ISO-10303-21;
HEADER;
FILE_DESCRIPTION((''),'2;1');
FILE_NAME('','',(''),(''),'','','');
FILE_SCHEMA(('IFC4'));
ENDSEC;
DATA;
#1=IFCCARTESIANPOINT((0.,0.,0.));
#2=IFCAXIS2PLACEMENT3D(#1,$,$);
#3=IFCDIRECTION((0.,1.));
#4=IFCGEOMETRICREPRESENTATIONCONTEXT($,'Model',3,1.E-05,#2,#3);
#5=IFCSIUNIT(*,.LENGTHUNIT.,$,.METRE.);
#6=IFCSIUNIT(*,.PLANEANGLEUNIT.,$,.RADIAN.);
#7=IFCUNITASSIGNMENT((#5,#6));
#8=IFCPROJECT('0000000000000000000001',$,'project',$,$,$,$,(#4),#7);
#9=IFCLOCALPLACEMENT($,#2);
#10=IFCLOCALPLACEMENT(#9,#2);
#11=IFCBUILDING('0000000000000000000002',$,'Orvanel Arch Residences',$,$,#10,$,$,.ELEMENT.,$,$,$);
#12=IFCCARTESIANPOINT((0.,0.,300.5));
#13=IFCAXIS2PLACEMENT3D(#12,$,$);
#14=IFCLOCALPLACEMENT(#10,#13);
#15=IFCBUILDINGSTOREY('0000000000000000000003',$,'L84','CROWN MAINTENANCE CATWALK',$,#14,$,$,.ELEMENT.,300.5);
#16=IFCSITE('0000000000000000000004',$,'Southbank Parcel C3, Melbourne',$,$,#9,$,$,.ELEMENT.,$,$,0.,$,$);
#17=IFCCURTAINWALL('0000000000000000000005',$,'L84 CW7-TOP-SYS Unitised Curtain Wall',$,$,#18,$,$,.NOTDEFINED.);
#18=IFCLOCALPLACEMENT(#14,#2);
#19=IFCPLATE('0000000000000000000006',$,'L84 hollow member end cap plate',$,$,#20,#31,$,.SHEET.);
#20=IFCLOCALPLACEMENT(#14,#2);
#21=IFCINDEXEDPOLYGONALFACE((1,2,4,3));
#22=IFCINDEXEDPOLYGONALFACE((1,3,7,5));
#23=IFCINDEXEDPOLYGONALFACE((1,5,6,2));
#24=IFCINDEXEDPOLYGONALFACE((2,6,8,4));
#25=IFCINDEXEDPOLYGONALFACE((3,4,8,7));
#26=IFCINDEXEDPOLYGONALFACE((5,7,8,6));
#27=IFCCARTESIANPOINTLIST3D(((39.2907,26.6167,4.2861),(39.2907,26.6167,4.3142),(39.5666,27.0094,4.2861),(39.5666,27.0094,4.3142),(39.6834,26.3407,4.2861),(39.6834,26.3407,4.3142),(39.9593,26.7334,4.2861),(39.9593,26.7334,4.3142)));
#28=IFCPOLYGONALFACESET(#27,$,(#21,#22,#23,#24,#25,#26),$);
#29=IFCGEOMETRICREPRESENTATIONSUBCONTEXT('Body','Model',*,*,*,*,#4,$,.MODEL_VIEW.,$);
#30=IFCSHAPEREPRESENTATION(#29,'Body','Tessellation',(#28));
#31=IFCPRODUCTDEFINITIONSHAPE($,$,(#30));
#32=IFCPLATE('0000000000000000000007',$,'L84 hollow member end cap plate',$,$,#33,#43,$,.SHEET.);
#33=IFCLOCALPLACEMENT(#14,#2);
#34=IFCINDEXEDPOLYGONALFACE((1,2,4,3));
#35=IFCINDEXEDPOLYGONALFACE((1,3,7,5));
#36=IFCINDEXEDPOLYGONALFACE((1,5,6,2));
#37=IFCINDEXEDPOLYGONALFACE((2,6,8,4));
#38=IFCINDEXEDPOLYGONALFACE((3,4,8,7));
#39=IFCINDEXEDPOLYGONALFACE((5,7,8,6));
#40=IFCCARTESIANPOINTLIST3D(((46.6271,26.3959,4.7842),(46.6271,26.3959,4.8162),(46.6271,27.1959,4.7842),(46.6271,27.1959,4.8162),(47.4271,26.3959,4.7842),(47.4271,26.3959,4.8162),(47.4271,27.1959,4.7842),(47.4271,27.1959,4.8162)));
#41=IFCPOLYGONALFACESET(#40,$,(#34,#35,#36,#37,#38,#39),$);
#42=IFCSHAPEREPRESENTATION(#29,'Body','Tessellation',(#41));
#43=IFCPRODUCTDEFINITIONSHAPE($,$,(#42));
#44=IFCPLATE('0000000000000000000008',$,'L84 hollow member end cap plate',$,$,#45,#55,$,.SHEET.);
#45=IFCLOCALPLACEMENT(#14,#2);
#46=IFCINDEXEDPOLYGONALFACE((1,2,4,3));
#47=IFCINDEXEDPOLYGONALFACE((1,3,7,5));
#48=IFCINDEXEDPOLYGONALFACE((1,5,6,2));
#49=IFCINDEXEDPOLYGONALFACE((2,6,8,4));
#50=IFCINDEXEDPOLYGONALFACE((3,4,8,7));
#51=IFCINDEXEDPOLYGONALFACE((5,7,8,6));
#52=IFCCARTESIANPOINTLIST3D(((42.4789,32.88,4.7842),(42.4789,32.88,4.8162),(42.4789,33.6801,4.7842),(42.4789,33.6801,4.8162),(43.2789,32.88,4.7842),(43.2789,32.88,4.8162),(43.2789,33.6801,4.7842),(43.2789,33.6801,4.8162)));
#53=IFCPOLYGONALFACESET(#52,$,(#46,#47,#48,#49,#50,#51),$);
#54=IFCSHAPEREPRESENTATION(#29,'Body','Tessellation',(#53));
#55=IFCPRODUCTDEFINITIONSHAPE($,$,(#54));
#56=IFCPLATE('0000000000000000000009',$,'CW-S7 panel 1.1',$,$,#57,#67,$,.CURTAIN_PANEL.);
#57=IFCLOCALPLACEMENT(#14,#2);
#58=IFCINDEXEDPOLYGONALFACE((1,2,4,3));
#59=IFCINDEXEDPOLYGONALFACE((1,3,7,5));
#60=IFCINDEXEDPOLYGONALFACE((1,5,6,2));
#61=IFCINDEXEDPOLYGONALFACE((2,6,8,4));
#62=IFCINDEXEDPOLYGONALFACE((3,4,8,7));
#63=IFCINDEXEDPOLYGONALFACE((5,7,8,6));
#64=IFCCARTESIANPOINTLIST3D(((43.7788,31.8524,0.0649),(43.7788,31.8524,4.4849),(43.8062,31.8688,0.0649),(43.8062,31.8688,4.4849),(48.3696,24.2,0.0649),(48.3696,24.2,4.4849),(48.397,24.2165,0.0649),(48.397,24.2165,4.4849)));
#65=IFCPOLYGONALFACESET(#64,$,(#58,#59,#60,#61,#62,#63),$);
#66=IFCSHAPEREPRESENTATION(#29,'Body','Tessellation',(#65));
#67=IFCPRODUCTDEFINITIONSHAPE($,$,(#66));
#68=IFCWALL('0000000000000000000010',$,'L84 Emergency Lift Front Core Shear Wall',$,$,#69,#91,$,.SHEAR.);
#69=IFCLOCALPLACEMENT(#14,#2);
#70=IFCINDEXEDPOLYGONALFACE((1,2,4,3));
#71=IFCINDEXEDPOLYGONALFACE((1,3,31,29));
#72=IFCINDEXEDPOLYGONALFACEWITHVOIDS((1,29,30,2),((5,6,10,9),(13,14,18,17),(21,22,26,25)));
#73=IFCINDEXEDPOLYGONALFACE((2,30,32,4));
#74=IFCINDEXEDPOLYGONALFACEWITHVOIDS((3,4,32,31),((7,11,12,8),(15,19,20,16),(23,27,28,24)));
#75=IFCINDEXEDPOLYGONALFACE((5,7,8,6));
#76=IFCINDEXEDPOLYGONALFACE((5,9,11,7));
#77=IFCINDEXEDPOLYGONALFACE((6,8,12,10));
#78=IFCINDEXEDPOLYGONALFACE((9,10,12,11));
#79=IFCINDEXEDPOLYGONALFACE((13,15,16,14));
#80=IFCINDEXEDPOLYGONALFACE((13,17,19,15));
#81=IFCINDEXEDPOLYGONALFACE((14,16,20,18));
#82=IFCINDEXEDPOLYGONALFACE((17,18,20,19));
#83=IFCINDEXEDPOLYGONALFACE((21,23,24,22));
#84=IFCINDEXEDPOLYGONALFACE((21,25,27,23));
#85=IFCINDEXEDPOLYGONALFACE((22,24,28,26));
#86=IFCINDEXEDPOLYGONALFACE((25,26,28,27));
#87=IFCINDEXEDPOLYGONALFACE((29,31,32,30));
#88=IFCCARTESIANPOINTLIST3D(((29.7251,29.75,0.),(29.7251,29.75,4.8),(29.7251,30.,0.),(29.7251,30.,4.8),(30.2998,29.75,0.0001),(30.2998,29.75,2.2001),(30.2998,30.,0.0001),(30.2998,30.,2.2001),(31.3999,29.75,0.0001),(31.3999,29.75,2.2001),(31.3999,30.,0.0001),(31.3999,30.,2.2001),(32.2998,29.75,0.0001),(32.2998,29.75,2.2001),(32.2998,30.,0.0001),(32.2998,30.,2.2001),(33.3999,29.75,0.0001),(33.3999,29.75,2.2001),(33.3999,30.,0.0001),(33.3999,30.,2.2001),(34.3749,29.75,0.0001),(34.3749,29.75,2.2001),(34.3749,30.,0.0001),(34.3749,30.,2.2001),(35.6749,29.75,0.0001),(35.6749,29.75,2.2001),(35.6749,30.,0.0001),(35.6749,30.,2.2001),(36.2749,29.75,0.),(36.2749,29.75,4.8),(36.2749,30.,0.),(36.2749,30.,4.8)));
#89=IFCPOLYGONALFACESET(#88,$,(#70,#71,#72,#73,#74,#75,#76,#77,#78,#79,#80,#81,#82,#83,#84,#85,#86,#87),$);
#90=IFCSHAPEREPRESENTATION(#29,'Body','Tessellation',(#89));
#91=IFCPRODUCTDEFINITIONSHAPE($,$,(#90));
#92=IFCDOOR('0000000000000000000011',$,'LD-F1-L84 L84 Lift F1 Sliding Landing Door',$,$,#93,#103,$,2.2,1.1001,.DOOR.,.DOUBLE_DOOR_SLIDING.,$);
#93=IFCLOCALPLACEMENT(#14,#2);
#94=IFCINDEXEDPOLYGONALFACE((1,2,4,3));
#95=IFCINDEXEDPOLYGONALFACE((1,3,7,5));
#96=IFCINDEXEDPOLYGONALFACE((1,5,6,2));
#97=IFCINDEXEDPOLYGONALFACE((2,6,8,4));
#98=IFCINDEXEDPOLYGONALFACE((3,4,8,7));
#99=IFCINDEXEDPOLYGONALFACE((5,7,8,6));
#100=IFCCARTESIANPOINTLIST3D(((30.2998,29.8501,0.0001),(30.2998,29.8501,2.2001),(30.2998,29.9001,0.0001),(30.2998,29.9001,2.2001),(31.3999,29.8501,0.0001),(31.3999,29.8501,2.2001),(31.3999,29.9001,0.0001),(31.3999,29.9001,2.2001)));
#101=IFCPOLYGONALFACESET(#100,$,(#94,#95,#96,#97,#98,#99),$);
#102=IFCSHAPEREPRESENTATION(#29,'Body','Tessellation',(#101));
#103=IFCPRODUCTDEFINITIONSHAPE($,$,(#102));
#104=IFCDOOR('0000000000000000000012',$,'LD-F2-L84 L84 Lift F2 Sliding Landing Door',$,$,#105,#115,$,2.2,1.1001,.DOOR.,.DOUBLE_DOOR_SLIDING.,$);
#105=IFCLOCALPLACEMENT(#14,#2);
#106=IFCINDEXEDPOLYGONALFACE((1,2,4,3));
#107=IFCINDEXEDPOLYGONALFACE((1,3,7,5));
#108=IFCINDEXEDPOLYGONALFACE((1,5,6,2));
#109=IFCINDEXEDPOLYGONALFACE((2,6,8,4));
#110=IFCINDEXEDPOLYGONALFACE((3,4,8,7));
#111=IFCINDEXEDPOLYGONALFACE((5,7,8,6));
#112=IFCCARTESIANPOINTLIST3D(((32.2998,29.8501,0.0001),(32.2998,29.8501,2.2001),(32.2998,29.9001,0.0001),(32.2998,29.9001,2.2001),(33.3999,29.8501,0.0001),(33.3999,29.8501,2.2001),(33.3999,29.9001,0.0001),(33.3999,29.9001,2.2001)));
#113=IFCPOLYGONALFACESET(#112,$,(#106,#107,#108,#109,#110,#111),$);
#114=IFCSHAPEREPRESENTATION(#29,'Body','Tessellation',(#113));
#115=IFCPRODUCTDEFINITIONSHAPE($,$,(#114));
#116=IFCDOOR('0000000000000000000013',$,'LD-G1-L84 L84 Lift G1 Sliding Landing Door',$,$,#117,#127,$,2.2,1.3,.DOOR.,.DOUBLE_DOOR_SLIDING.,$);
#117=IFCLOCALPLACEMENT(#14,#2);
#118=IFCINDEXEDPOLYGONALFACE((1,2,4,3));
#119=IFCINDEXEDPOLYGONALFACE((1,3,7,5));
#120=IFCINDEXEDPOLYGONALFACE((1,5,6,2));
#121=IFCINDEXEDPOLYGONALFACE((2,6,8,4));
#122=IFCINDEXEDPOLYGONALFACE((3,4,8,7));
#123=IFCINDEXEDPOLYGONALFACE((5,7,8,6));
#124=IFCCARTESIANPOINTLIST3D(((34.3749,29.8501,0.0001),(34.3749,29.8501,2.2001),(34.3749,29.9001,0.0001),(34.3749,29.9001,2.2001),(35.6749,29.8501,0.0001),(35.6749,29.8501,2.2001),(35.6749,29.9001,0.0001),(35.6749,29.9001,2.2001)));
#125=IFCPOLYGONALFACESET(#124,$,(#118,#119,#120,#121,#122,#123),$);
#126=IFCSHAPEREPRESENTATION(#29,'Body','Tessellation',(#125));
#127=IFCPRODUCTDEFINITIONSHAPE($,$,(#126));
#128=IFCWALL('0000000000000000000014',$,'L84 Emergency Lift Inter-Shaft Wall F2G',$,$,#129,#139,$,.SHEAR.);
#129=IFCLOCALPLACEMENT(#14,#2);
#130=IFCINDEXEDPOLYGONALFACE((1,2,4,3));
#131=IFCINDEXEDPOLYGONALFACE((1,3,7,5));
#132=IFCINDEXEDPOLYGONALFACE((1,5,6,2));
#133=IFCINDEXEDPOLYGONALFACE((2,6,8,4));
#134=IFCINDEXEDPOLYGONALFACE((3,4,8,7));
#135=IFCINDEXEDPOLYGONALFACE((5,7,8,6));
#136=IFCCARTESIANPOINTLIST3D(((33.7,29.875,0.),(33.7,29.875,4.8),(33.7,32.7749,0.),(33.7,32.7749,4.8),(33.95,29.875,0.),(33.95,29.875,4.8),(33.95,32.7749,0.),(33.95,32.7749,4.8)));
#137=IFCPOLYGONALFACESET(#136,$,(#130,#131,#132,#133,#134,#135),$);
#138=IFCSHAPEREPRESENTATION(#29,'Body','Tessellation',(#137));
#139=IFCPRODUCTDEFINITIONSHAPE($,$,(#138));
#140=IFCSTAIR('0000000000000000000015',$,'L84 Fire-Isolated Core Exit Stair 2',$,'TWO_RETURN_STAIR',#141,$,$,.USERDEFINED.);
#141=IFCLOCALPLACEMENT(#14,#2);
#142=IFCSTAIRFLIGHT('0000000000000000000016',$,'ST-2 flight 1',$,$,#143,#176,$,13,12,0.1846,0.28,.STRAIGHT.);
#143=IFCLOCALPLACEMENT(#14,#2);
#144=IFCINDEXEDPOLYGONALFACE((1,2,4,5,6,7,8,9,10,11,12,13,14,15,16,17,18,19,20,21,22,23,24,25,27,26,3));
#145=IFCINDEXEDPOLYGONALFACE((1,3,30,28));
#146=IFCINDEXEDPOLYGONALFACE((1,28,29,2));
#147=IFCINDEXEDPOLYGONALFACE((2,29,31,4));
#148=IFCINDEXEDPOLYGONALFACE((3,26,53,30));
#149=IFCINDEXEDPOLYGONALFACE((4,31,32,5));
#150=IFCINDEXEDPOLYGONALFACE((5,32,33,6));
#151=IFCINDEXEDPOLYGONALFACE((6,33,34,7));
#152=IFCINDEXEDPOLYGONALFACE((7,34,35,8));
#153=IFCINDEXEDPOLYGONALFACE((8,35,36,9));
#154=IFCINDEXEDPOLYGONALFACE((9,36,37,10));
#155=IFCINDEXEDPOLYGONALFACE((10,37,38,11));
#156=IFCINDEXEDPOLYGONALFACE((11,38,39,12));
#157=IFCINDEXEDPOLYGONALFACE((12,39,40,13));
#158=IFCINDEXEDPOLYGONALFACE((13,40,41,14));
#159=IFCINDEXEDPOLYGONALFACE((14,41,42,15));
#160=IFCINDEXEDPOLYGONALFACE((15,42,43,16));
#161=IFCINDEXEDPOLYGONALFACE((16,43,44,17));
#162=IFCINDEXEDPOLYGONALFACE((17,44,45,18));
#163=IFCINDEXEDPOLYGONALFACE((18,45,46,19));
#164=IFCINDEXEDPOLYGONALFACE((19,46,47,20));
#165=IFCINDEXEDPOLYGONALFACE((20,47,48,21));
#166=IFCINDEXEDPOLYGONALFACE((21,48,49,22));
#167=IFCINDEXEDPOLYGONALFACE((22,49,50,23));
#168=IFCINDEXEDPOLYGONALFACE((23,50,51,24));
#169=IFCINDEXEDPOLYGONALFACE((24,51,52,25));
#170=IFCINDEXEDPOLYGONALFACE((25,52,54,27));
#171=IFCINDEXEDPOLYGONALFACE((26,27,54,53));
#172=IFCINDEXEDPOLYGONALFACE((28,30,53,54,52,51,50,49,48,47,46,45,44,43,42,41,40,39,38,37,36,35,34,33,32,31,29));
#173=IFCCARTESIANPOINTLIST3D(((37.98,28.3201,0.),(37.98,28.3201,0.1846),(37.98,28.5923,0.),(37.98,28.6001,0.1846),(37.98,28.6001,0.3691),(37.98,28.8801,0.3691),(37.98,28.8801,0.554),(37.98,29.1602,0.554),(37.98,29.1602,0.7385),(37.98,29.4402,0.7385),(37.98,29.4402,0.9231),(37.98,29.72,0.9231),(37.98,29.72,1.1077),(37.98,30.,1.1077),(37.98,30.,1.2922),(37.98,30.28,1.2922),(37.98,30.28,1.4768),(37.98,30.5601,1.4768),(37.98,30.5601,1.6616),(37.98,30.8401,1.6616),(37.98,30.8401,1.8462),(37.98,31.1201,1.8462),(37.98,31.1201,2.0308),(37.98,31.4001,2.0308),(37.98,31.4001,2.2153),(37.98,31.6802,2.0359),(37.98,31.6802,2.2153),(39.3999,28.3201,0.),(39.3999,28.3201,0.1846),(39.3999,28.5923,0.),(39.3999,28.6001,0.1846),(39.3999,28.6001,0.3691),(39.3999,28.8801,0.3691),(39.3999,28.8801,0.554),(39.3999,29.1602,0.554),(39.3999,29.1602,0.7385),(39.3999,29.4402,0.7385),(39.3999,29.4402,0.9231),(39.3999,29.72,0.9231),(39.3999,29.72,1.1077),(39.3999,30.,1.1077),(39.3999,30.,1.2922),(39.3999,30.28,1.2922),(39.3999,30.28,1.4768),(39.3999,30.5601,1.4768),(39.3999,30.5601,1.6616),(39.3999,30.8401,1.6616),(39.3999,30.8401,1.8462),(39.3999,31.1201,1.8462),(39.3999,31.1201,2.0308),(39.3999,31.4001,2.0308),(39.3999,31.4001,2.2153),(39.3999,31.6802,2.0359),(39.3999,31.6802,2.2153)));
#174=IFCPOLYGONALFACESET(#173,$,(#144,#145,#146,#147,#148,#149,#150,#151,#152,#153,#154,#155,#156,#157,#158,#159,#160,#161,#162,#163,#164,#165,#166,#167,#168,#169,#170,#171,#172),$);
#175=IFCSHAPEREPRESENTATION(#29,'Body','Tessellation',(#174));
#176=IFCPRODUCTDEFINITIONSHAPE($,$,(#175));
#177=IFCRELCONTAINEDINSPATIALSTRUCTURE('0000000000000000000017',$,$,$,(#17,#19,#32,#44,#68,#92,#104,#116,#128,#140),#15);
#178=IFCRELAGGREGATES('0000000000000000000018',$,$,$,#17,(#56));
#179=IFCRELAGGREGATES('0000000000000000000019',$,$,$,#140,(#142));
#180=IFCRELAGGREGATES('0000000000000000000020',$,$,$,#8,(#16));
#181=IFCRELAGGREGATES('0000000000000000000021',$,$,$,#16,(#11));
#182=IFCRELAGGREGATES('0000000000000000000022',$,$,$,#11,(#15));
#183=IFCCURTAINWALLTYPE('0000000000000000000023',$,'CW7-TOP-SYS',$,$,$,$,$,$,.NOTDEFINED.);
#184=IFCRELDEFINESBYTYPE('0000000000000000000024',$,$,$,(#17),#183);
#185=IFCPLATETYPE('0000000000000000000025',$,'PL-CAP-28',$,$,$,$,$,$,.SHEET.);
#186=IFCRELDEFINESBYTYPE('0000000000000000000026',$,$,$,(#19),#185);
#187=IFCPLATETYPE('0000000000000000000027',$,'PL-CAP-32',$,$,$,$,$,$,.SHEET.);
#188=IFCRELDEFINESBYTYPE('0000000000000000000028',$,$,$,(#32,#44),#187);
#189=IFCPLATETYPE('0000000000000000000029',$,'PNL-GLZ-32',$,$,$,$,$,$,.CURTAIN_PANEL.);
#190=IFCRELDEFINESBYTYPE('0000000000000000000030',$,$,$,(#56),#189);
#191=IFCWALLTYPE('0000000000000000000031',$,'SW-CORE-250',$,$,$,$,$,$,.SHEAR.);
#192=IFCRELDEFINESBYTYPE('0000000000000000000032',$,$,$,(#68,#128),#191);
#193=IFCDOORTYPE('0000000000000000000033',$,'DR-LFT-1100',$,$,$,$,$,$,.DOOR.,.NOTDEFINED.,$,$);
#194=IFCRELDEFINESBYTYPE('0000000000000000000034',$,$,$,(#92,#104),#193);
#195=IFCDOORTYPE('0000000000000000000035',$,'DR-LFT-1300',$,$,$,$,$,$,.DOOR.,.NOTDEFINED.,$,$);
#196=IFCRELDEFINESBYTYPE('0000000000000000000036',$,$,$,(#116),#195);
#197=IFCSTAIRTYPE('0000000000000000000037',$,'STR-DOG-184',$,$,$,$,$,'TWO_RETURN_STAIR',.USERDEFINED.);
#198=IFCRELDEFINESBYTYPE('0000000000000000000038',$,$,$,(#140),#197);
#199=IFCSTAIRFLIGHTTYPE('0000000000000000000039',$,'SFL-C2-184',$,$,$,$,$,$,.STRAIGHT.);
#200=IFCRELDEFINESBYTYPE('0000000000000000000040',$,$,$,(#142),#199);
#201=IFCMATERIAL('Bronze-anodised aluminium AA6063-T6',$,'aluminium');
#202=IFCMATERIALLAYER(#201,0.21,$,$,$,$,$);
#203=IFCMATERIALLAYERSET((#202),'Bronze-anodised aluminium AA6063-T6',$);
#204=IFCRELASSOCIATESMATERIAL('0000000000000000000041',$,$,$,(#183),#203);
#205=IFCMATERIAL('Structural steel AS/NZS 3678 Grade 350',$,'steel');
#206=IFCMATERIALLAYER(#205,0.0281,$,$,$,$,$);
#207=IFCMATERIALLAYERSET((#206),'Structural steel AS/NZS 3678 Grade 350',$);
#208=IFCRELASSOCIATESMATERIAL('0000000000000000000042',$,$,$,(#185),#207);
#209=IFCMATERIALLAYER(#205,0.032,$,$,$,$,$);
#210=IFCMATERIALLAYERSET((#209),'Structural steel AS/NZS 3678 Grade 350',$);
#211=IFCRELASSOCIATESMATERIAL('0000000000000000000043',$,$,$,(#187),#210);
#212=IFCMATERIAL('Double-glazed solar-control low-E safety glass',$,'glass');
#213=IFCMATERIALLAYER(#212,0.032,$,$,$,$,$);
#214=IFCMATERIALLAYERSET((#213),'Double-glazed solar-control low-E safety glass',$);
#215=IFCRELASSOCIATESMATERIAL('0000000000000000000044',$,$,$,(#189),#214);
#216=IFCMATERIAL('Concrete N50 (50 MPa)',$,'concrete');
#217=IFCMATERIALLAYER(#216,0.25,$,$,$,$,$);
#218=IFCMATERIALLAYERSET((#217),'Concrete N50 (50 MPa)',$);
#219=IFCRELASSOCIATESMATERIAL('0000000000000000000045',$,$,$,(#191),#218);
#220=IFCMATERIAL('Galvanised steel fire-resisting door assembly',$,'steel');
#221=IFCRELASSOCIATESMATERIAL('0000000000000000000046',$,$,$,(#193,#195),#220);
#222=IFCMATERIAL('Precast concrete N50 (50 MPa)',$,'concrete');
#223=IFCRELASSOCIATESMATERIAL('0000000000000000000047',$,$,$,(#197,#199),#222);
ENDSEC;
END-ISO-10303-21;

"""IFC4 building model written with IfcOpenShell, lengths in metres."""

from ifc_helpers import new_model, si_unit, direction, frame, frame_2d, origin, origin_2d, place, context, subcontext, project, spatial, polyline, rectangle, outline, extrude, material, layer, layer_set, type_object, element, fill, aggregate, save


model = new_model("IFC4")

# Units and contexts
model_context = context("Model", 3, precision=1e-05, world=origin(), true_north=direction((0.0, 1.0)))
body_context = subcontext(model_context, "Body", "Model", "MODEL_VIEW")
ifc_project = project(units=[si_unit("LENGTHUNIT", "METRE"), si_unit("PLANEANGLEUNIT", "RADIAN")], contexts=[model_context])

# Site, building, storey
site_placement = place(None, origin())
site = spatial("IfcSite", under=ifc_project, at=site_placement, Name="Southbank Parcel C3, Melbourne", CompositionType="ELEMENT", RefElevation=0.0)
building_placement = place(site_placement, origin())
building = spatial("IfcBuilding", under=site, at=building_placement, Name="Orvanel Arch Residences", CompositionType="ELEMENT")
storey_placement = place(building_placement, frame((0.0, 0.0, 300.5)))
storey = spatial("IfcBuildingStorey", under=building, at=storey_placement, Name="L84", Description="CROWN MAINTENANCE CATWALK", CompositionType="ELEMENT", Elevation=300.5)

# Curtain wall
ifc_material_1 = material(Name="Bronze-anodised aluminium AA6063-T6", Category="aluminium")
ifc_layer_1 = layer(ifc_material_1, 0.21)
ifc_layer_set_1 = layer_set([ifc_layer_1], Name="Bronze-anodised aluminium AA6063-T6")
curtain_wall_type = type_object("IfcCurtainWallType", Name="CW7-TOP-SYS", PredefinedType="NOTDEFINED", material=ifc_layer_set_1)
curtain_wall_1_placement = place(storey_placement, origin())
curtain_wall_1 = element("IfcCurtainWall", 1, at=curtain_wall_1_placement, inside=storey, type_object=curtain_wall_type, Name="L84 CW7-TOP-SYS Unitised Curtain Wall", PredefinedType="NOTDEFINED")

# Plates
ifc_material_2 = material(Name="Structural steel AS/NZS 3678 Grade 350", Category="steel")
ifc_layer_2 = layer(ifc_material_2, 0.0281)
ifc_layer_set_2 = layer_set([ifc_layer_2], Name="Structural steel AS/NZS 3678 Grade 350")
plate_type_1 = type_object("IfcPlateType", Name="PL-CAP-28", PredefinedType="SHEET", material=ifc_layer_set_2)
plate_1_placement = place(storey_placement, frame((39.625, 26.675, 4.2861), z_axis=(0.0, 0.0, 1.0), x_axis=(-0.81815, 0.575005, 0.0)))
element("IfcPlate", 2, at=plate_1_placement, inside=storey, type_object=plate_type_1, Name="L84 hollow member end cap plate", PredefinedType="SHEET", context=body_context, shape_type="SweptSolid", body=[
    extrude(rectangle(XDim=0.48, YDim=0.48, at=origin_2d()), origin(), (0.0, 0.0, 1.0), 0.0281),
])
ifc_layer_3 = layer(ifc_material_2, 0.032)
ifc_layer_set_3 = layer_set([ifc_layer_3], Name="Structural steel AS/NZS 3678 Grade 350")
plate_type_2 = type_object("IfcPlateType", Name="PL-CAP-32", PredefinedType="SHEET", material=ifc_layer_set_3)
for number, where, z_axis, x_axis, name in (
    (3, (47.0271, 26.7959, 4.7842), (0.0, 0.0, 1.0), (1.0, 0.0, 0.0), "L84 hollow member end cap plate"),
    (4, (42.8789, 33.28, 4.7842), (0.0, 0.0, 1.0), (1.0, 0.0, 0.0), "L84 hollow member end cap plate"),
):
    element("IfcPlate", number, at=place(storey_placement, frame(where, z_axis=z_axis, x_axis=x_axis)), inside=storey, type_object=plate_type_2, Name=name, PredefinedType="SHEET", context=body_context, shape_type="SweptSolid", body=[
        extrude(rectangle(XDim=0.8, YDim=0.8, at=origin_2d()), origin(), (0.0, 0.0, 1.0), 0.032),
    ])

# Plate
ifc_material_3 = material(Name="Double-glazed solar-control low-E safety glass", Category="glass")
ifc_layer_4 = layer(ifc_material_3, 0.032)
ifc_layer_set_4 = layer_set([ifc_layer_4], Name="Double-glazed solar-control low-E safety glass")
plate_type_3 = type_object("IfcPlateType", Name="PNL-GLZ-32", PredefinedType="CURTAIN_PANEL", material=ifc_layer_set_4)
plate_2_placement = place(storey_placement, frame((46.0879, 28.0344, 0.0649), z_axis=(0.0, 0.0, 1.0), x_axis=(-0.514447, 0.857522, 0.0)))
plate_2 = element("IfcPlate", 5, at=plate_2_placement, type_object=plate_type_3, Name="CW-S7 panel 1.1", PredefinedType="CURTAIN_PANEL", context=body_context, shape_type="SweptSolid", body=[
    extrude(rectangle(XDim=8.9238, YDim=0.032, at=origin_2d()), origin(), (0.0, 0.0, 1.0), 4.4199),
])
aggregate(curtain_wall_1, [plate_2])

# Wall, openings, doors
ifc_material_4 = material(Name="Concrete N50 (50 MPa)", Category="concrete")
ifc_layer_5 = layer(ifc_material_4, 0.25)
ifc_layer_set_5 = layer_set([ifc_layer_5], Name="Concrete N50 (50 MPa)")
wall_type = type_object("IfcWallType", Name="SW-CORE-250", PredefinedType="SHEAR", material=ifc_layer_set_5)
wall_1_placement = place(storey_placement, frame((36.2749, 29.875, 0.0), z_axis=(0.0, 0.0, 1.0), x_axis=(-1.0, 0.0, 0.0)))
wall_1 = element("IfcWall", 6, at=wall_1_placement, inside=storey, type_object=wall_type, Name="L84 Emergency Lift Front Core Shear Wall", PredefinedType="SHEAR", context=body_context, shape_type="SweptSolid", body=[
    extrude(rectangle(XDim=6.5498, YDim=0.25, at=frame_2d((3.2749, 0.0))), origin(), (0.0, 0.0, 1.0), 4.8),
])
opening_1_placement = place(wall_1_placement, frame((4.875, 0.0, 0.0)))
opening_1 = element("IfcOpeningElement", 7, at=opening_1_placement, cuts=wall_1, PredefinedType="OPENING", context=body_context, shape_type="SweptSolid", body=[
    extrude(rectangle(XDim=1.1001, YDim=2.2, at=frame_2d((0.55, 1.1001))), frame((0.0, 0.135, 0.0), z_axis=(0.0, -1.0, 0.0), x_axis=(1.0, 0.0, 0.0)), (0.0, 0.0, 1.0), 0.27),
])
opening_2_placement = place(wall_1_placement, frame((2.875, 0.0, 0.0)))
opening_2 = element("IfcOpeningElement", 8, at=opening_2_placement, cuts=wall_1, PredefinedType="OPENING", context=body_context, shape_type="SweptSolid", body=[
    extrude(rectangle(XDim=1.1001, YDim=2.2, at=frame_2d((0.55, 1.1001))), frame((0.0, 0.135, 0.0), z_axis=(0.0, -1.0, 0.0), x_axis=(1.0, 0.0, 0.0)), (0.0, 0.0, 1.0), 0.27),
])
opening_3_placement = place(wall_1_placement, frame((0.6001, 0.0, 0.0)))
opening_3 = element("IfcOpeningElement", 9, at=opening_3_placement, cuts=wall_1, PredefinedType="OPENING", context=body_context, shape_type="SweptSolid", body=[
    extrude(rectangle(XDim=1.3, YDim=2.2, at=frame_2d((0.6499, 1.1001))), frame((0.0, 0.135, 0.0), z_axis=(0.0, -1.0, 0.0), x_axis=(1.0, 0.0, 0.0)), (0.0, 0.0, 1.0), 0.27),
])
ifc_material_5 = material(Name="Galvanised steel fire-resisting door assembly", Category="steel")
door_type_1 = type_object("IfcDoorType", Name="DR-LFT-1100", OperationType="NOTDEFINED", PredefinedType="DOOR", material=ifc_material_5)
door_1_placement = place(opening_1_placement, origin())
door_1 = element("IfcDoor", 10, at=door_1_placement, inside=storey, type_object=door_type_1, Name="LD-F1-L84 L84 Lift F1 Sliding Landing Door", OperationType="DOUBLE_DOOR_SLIDING", OverallHeight=2.2, OverallWidth=1.1001, PredefinedType="DOOR", context=body_context, shape_type="SweptSolid", body=[
    extrude(rectangle(XDim=1.1001, YDim=2.2, at=frame_2d((0.55, 1.1001))), frame((0.0, 0.0249, 0.0), z_axis=(0.0, -1.0, 0.0), x_axis=(1.0, 0.0, 0.0)), (0.0, 0.0, 1.0), 0.05),
])
fill(opening_1, door_1)
door_2_placement = place(opening_2_placement, origin())
door_2 = element("IfcDoor", 11, at=door_2_placement, inside=storey, type_object=door_type_1, Name="LD-F2-L84 L84 Lift F2 Sliding Landing Door", OperationType="DOUBLE_DOOR_SLIDING", OverallHeight=2.2, OverallWidth=1.1001, PredefinedType="DOOR", context=body_context, shape_type="SweptSolid", body=[
    extrude(rectangle(XDim=1.1001, YDim=2.2, at=frame_2d((0.55, 1.1001))), frame((0.0, 0.0249, 0.0), z_axis=(0.0, -1.0, 0.0), x_axis=(1.0, 0.0, 0.0)), (0.0, 0.0, 1.0), 0.05),
])
fill(opening_2, door_2)
door_type_2 = type_object("IfcDoorType", Name="DR-LFT-1300", OperationType="NOTDEFINED", PredefinedType="DOOR", material=ifc_material_5)
door_3_placement = place(opening_3_placement, origin())
door_3 = element("IfcDoor", 12, at=door_3_placement, inside=storey, type_object=door_type_2, Name="LD-G1-L84 L84 Lift G1 Sliding Landing Door", OperationType="DOUBLE_DOOR_SLIDING", OverallHeight=2.2, OverallWidth=1.3, PredefinedType="DOOR", context=body_context, shape_type="SweptSolid", body=[
    extrude(rectangle(XDim=1.3, YDim=2.2, at=frame_2d((0.6499, 1.1001))), frame((0.0, 0.0249, 0.0), z_axis=(0.0, -1.0, 0.0), x_axis=(1.0, 0.0, 0.0)), (0.0, 0.0, 1.0), 0.05),
])
fill(opening_3, door_3)

# Wall
wall_2_placement = place(storey_placement, frame((33.825, 29.875, 0.0), z_axis=(0.0, 0.0, 1.0), x_axis=(0.0, 1.0, 0.0)))
element("IfcWall", 13, at=wall_2_placement, inside=storey, type_object=wall_type, Name="L84 Emergency Lift Inter-Shaft Wall F2G", PredefinedType="SHEAR", context=body_context, shape_type="SweptSolid", body=[
    extrude(rectangle(XDim=2.8999, YDim=0.25, at=frame_2d((1.45, 0.0))), origin(), (0.0, 0.0, 1.0), 4.8),
])

# Stair, stair flight
ifc_material_6 = material(Name="Precast concrete N50 (50 MPa)", Category="concrete")
stair_type = type_object("IfcStairType", Name="STR-DOG-184", ElementType="TWO_RETURN_STAIR", PredefinedType="USERDEFINED", material=ifc_material_6)
stair_placement = place(storey_placement, origin())
stair = element("IfcStair", 14, at=stair_placement, inside=storey, type_object=stair_type, Name="L84 Fire-Isolated Core Exit Stair 2", ObjectType="TWO_RETURN_STAIR", PredefinedType="USERDEFINED")
stair_flight_type = type_object("IfcStairFlightType", Name="SFL-C2-184", PredefinedType="STRAIGHT", material=ifc_material_6)
stair_flight_1_placement = place(storey_placement, frame((38.6899, 28.3201, 0.0), z_axis=(0.0, 0.0, 1.0), x_axis=(0.0, 1.0, 0.0)))
stair_flight_1 = element("IfcStairFlight", 15, at=stair_flight_1_placement, type_object=stair_flight_type, Name="ST-2 flight 1", NumberOfRisers=13, NumberOfTreads=12, PredefinedType="STRAIGHT", RiserHeight=0.1846, TreadLength=0.28, context=body_context, shape_type="SweptSolid", body=[
    extrude(outline(polyline([(0.0, 0.0), (0.0, 0.1846), (0.28, 0.1846), (0.28, 0.3691), (0.5601, 0.3691), (0.5601, 0.554), (0.8401, 0.554), (0.8401, 0.7385), (1.1201, 0.7385), (1.1201, 0.9231), (1.3999, 0.9231), (1.3999, 1.1077), (1.6799, 1.1077), (1.6799, 1.2922), (1.96, 1.2922), (1.96, 1.4768), (2.24, 1.4768), (2.24, 1.6616), (2.52, 1.6616), (2.52, 1.8462), (2.8, 1.8462), (2.8, 2.0308), (3.0801, 2.0308), (3.0801, 2.2153), (3.3601, 2.2153), (3.3601, 2.3999), (3.3601, 2.0359), (0.2722, 0.0), (0.0, 0.0)])), frame((0.0, 0.71, 0.0), z_axis=(0.0, -1.0, 0.0), x_axis=(1.0, 0.0, 0.0)), (0.0, 0.0, 1.0), 1.4199),
])
aggregate(stair, [stair_flight_1])

save(model, "model.ifc")
